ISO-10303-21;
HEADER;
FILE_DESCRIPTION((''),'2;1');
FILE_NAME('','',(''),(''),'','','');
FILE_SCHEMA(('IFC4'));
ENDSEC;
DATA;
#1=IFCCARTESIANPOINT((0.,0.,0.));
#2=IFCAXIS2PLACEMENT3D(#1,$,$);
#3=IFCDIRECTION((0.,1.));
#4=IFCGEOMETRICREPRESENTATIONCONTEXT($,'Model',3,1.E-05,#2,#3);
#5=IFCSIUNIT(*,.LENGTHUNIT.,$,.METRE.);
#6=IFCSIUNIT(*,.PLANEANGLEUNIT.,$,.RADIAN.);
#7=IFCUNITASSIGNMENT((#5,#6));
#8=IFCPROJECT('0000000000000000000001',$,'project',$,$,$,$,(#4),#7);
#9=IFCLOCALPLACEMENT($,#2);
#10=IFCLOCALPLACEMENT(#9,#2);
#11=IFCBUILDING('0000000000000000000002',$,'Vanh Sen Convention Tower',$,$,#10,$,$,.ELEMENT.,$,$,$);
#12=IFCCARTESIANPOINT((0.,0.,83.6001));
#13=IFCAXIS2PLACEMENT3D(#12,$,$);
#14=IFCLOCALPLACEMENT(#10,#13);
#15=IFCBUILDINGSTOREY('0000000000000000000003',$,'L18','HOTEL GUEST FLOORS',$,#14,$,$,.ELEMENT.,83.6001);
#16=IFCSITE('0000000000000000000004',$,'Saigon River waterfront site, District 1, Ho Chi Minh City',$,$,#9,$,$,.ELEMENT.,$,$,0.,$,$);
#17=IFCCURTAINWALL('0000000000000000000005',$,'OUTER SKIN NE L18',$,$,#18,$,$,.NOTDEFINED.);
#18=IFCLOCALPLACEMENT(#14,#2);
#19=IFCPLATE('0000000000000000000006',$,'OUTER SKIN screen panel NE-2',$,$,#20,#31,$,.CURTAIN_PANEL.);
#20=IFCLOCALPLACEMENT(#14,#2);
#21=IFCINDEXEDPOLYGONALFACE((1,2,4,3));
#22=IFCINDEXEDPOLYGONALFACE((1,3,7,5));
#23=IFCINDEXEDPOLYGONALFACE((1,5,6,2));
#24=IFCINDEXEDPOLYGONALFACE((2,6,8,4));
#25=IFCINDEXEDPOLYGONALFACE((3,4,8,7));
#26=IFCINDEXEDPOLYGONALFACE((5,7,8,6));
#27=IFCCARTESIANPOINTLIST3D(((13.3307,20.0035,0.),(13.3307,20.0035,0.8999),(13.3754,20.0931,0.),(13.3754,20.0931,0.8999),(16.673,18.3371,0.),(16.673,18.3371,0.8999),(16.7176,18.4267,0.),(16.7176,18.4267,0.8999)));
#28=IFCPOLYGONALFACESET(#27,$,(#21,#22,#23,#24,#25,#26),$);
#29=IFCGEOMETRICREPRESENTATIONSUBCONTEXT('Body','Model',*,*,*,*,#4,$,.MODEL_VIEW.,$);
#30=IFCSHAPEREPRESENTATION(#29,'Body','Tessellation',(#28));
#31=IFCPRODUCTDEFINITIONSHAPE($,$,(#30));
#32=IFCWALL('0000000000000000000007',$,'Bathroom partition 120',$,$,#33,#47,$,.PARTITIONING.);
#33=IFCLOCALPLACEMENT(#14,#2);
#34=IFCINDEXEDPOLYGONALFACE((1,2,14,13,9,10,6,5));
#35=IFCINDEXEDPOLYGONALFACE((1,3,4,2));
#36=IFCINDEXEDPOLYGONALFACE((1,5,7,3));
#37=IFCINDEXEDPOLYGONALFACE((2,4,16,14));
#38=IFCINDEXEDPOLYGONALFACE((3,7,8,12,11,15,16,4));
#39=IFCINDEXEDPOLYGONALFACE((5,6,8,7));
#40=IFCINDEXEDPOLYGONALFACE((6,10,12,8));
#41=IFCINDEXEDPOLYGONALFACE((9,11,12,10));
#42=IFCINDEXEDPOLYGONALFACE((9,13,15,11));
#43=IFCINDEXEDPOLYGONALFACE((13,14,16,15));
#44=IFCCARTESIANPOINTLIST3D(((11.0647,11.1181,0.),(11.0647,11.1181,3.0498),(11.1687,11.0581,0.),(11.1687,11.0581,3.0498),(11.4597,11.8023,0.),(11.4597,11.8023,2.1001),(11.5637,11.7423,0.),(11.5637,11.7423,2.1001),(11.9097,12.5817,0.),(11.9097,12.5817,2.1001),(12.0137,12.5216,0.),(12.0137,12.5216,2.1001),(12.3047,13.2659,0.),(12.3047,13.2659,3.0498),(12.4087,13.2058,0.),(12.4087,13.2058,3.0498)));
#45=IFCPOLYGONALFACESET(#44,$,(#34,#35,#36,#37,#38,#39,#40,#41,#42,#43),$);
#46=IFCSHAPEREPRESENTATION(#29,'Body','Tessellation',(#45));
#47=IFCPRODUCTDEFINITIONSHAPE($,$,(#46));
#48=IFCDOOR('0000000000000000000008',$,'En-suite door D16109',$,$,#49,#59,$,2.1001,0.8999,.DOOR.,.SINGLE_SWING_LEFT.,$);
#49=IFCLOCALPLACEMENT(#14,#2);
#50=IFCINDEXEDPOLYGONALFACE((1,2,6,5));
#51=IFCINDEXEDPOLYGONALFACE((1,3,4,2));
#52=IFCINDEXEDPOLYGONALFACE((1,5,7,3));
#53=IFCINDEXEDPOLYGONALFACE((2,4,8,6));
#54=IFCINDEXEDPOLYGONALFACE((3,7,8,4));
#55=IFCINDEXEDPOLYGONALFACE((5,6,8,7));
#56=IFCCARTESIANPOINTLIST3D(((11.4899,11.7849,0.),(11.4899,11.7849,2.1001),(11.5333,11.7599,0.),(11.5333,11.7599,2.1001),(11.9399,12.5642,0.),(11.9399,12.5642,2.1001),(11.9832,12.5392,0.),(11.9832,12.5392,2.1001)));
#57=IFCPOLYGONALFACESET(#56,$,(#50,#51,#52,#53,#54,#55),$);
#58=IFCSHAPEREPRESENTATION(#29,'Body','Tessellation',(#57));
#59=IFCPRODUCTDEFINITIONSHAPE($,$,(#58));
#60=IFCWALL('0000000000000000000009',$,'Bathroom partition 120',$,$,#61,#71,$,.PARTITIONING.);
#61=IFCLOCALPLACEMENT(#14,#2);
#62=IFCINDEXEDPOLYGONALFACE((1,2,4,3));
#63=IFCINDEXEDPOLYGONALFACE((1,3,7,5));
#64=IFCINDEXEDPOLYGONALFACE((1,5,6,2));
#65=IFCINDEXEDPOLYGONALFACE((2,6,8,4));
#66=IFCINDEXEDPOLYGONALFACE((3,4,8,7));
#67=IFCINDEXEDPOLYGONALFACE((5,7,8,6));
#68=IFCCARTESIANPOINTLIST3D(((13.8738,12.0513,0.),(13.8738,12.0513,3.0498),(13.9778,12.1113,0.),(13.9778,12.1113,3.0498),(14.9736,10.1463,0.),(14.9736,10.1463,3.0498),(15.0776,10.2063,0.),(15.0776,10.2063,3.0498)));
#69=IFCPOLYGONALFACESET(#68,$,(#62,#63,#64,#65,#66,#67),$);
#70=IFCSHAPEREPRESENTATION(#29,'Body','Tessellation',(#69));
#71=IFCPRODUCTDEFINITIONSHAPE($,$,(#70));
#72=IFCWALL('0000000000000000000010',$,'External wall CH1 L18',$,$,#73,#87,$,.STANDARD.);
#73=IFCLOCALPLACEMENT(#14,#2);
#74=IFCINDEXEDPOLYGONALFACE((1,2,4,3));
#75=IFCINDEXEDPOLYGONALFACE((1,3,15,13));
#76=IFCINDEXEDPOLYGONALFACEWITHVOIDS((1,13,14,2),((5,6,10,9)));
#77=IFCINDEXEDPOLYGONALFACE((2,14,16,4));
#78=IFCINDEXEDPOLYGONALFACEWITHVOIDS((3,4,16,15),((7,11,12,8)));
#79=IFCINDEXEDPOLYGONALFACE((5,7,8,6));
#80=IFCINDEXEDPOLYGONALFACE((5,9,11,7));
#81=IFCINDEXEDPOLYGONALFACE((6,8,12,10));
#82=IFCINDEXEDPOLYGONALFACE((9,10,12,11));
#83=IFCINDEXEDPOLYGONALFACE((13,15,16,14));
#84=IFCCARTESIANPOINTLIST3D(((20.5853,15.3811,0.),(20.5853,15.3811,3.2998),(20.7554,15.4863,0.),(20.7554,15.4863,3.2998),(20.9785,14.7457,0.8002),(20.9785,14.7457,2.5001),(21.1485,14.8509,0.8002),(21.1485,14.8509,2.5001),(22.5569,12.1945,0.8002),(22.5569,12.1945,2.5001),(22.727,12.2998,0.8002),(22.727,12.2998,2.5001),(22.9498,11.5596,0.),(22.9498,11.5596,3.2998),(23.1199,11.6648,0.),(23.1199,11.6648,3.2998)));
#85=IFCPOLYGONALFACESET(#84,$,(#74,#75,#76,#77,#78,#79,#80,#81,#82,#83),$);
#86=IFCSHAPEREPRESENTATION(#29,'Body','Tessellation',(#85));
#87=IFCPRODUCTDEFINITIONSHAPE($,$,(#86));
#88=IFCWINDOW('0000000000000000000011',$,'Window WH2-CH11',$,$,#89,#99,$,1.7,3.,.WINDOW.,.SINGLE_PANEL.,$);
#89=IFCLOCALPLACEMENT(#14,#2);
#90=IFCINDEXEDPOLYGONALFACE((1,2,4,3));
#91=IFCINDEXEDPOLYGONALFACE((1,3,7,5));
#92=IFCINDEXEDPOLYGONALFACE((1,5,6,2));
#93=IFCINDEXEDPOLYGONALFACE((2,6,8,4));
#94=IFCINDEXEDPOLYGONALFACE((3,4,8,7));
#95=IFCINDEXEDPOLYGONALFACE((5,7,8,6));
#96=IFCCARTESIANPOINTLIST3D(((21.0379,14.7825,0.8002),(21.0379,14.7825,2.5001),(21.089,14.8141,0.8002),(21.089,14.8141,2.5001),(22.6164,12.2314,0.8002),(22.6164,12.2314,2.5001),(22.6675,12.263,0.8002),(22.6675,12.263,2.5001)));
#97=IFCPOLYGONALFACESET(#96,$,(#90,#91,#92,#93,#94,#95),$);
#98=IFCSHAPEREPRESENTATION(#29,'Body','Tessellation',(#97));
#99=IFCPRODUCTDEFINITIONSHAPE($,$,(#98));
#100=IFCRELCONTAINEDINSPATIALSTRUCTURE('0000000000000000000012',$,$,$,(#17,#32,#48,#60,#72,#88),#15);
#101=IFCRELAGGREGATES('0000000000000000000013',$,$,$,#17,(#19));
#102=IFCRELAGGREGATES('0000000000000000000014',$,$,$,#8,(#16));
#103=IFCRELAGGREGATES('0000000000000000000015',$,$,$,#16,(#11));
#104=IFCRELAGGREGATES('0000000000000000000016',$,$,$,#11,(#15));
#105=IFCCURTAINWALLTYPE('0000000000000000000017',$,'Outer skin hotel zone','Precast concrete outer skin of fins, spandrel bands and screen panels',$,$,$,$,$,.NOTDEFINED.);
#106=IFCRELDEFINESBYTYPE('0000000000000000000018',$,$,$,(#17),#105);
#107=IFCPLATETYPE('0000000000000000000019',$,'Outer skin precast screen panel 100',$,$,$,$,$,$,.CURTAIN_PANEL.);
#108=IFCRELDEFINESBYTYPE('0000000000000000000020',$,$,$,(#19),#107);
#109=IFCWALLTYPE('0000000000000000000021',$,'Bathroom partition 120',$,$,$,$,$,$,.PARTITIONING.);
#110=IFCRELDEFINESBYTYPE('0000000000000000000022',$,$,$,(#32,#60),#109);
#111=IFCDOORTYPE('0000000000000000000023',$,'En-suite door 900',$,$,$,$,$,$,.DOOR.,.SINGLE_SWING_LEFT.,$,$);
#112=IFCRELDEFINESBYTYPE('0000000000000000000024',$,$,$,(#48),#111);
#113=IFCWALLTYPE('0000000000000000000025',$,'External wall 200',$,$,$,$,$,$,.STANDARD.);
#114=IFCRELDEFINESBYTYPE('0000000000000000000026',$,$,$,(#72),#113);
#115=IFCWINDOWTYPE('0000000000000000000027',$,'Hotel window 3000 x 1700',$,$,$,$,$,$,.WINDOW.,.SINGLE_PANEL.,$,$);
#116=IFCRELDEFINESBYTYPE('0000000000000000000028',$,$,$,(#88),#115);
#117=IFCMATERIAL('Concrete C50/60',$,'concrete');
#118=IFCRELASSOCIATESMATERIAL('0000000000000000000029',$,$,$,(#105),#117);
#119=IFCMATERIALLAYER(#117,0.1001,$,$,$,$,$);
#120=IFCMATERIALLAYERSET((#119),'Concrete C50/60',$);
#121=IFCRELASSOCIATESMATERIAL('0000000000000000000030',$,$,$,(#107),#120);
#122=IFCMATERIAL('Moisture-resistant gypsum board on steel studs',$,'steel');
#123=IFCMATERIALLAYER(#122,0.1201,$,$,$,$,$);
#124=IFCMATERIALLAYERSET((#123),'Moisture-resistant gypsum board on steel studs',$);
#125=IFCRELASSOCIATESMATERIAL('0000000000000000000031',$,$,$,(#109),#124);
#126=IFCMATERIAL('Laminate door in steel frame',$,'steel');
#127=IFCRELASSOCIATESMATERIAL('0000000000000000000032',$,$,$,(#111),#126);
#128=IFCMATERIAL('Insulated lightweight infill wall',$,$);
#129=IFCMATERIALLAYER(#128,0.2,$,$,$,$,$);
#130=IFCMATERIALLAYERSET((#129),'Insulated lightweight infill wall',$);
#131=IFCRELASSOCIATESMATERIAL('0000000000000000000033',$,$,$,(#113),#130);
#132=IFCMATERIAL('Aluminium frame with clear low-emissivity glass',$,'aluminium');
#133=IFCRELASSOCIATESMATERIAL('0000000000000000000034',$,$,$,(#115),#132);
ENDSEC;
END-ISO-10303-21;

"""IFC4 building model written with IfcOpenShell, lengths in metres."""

from ifc_helpers import new_model, si_unit, direction, frame, frame_2d, origin, origin_2d, place, context, subcontext, project, spatial, rectangle, extrude, material, layer, layer_set, type_object, element, fill, aggregate, save


model = new_model("IFC4")

# Units and contexts
model_context = context("Model", 3, precision=1e-05, world=origin(), true_north=direction((0.0, 1.0)))
body_context = subcontext(model_context, "Body", "Model", "MODEL_VIEW")
ifc_project = project(units=[si_unit("LENGTHUNIT", "METRE"), si_unit("PLANEANGLEUNIT", "RADIAN")], contexts=[model_context])

# Site, building, storey
site_placement = place(None, origin())
site = spatial("IfcSite", under=ifc_project, at=site_placement, Name="Saigon River waterfront site, District 1, Ho Chi Minh City", CompositionType="ELEMENT", RefElevation=0.0)
building_placement = place(site_placement, origin())
building = spatial("IfcBuilding", under=site, at=building_placement, Name="Vanh Sen Convention Tower", CompositionType="ELEMENT")
storey_placement = place(building_placement, frame((0.0, 0.0, 83.6001)))
storey = spatial("IfcBuildingStorey", under=building, at=storey_placement, Name="L18", Description="HOTEL GUEST FLOORS", CompositionType="ELEMENT", Elevation=83.6001)

# Curtain wall
ifc_material_1 = material(Name="Concrete C50/60", Category="concrete")
curtain_wall_type = type_object("IfcCurtainWallType", Name="Outer skin hotel zone", Description="Precast concrete outer skin of fins, spandrel bands and screen panels", PredefinedType="NOTDEFINED", material=ifc_material_1)
curtain_wall_1_placement = place(storey_placement, origin())
curtain_wall_1 = element("IfcCurtainWall", 1, at=curtain_wall_1_placement, inside=storey, type_object=curtain_wall_type, Name="OUTER SKIN NE L18", PredefinedType="NOTDEFINED")

# Shared definitions
ifc_layer_1 = layer(ifc_material_1, 0.1001)
ifc_layer_set_1 = layer_set([ifc_layer_1], Name="Concrete C50/60")
plate_type = type_object("IfcPlateType", Name="Outer skin precast screen panel 100", PredefinedType="CURTAIN_PANEL", material=ifc_layer_set_1)

# Plate
plate_1_placement = place(storey_placement, frame((15.0242, 19.2151, 0.0), z_axis=(0.0, 0.0, 1.0), x_axis=(-0.894935, 0.446196, 0.0)))
plate_1 = element("IfcPlate", 2, at=plate_1_placement, type_object=plate_type, Name="OUTER SKIN screen panel NE-2", PredefinedType="CURTAIN_PANEL", context=body_context, shape_type="SweptSolid", body=[
    extrude(rectangle(XDim=3.7346, YDim=0.1001, at=origin_2d()), origin(), (0.0, 0.0, 1.0), 0.8999),
])
aggregate(curtain_wall_1, [plate_1])

# Wall, opening, door
ifc_material_2 = material(Name="Moisture-resistant gypsum board on steel studs", Category="steel")
ifc_layer_2 = layer(ifc_material_2, 0.1201)
ifc_layer_set_2 = layer_set([ifc_layer_2], Name="Moisture-resistant gypsum board on steel studs")
wall_type_1 = type_object("IfcWallType", Name="Bathroom partition 120", PredefinedType="PARTITIONING", material=ifc_layer_set_2)
wall_1_placement = place(storey_placement, frame((12.3567, 13.2358, 0.0), z_axis=(0.0, 0.0, 1.0), x_axis=(-0.500004, -0.866023, 0.0)))
wall_1 = element("IfcWall", 3, at=wall_1_placement, inside=storey, type_object=wall_type_1, Name="Bathroom partition 120", PredefinedType="PARTITIONING", context=body_context, shape_type="SweptSolid", body=[
    extrude(rectangle(XDim=2.48, YDim=0.1201, at=frame_2d((1.24, 0.0))), origin(), (0.0, 0.0, 1.0), 3.0498),
])
opening_1_placement = place(wall_1_placement, frame((0.79, 0.0, 0.0)))
opening_1 = element("IfcOpeningElement", 4, at=opening_1_placement, cuts=wall_1, PredefinedType="OPENING", context=body_context, shape_type="SweptSolid", body=[
    extrude(rectangle(XDim=0.8999, YDim=2.1001, at=frame_2d((0.45, 1.05))), frame((0.0, 0.0701, 0.0), z_axis=(0.0, -1.0, 0.0), x_axis=(1.0, 0.0, 0.0)), (0.0, 0.0, 1.0), 0.1401),
])
ifc_material_3 = material(Name="Laminate door in steel frame", Category="steel")
door_type = type_object("IfcDoorType", Name="En-suite door 900", OperationType="SINGLE_SWING_LEFT", PredefinedType="DOOR", material=ifc_material_3)
door_placement = place(opening_1_placement, origin())
door = element("IfcDoor", 5, at=door_placement, inside=storey, type_object=door_type, Name="En-suite door D16109", OperationType="SINGLE_SWING_LEFT", OverallHeight=2.1001, OverallWidth=0.8999, PredefinedType="DOOR", context=body_context, shape_type="SweptSolid", body=[
    extrude(rectangle(XDim=0.8999, YDim=2.1001, at=frame_2d((0.45, 1.05))), frame((0.0, 0.0249, 0.0), z_axis=(0.0, -1.0, 0.0), x_axis=(1.0, 0.0, 0.0)), (0.0, 0.0, 1.0), 0.05),
])
fill(opening_1, door)

# Wall
wall_2_placement = place(storey_placement, frame((13.9258, 12.0813, 0.0), z_axis=(0.0, 0.0, 1.0), x_axis=(0.499995, -0.866028, 0.0)))
element("IfcWall", 6, at=wall_2_placement, inside=storey, type_object=wall_type_1, Name="Bathroom partition 120", PredefinedType="PARTITIONING", context=body_context, shape_type="SweptSolid", body=[
    extrude(rectangle(XDim=2.1997, YDim=0.1201, at=frame_2d((1.0999, 0.0))), origin(), (0.0, 0.0, 1.0), 3.0498),
])

# Wall, opening, window
ifc_material_4 = material(Name="Insulated lightweight infill wall")
ifc_layer_3 = layer(ifc_material_4, 0.2)
ifc_layer_set_3 = layer_set([ifc_layer_3], Name="Insulated lightweight infill wall")
wall_type_2 = type_object("IfcWallType", Name="External wall 200", PredefinedType="STANDARD", material=ifc_layer_set_3)
wall_3_placement = place(storey_placement, frame((23.0349, 11.6121, 0.0), z_axis=(0.0, 0.0, 1.0), x_axis=(-0.52616, 0.850386, 0.0)))
wall_3 = element("IfcWall", 7, at=wall_3_placement, inside=storey, type_object=wall_type_2, Name="External wall CH1 L18", PredefinedType="STANDARD", context=body_context, shape_type="SweptSolid", body=[
    extrude(rectangle(XDim=4.4939, YDim=0.2, at=frame_2d((2.2471, 0.0))), origin(), (0.0, 0.0, 1.0), 3.2998),
])
opening_2_placement = place(wall_3_placement, frame((0.7468, 0.0, 0.8)))
opening_2 = element("IfcOpeningElement", 8, at=opening_2_placement, cuts=wall_3, PredefinedType="OPENING", context=body_context, shape_type="SweptSolid", body=[
    extrude(rectangle(XDim=3.0, YDim=1.7, at=frame_2d((1.5, 0.8501))), frame((0.0, 0.1099, 0.0), z_axis=(0.0, -1.0, 0.0), x_axis=(1.0, 0.0, 0.0)), (0.0, 0.0, 1.0), 0.22),
])
ifc_material_5 = material(Name="Aluminium frame with clear low-emissivity glass", Category="aluminium")
window_type_1 = type_object("IfcWindowType", Name="Hotel window 3000 x 1700", PartitioningType="SINGLE_PANEL", PredefinedType="WINDOW", material=ifc_material_5)
window_1_placement = place(opening_2_placement, origin())
window_1 = element("IfcWindow", 9, at=window_1_placement, inside=storey, type_object=window_type_1, Name="Window WH2-CH11", OverallHeight=1.7, OverallWidth=3.0, PartitioningType="SINGLE_PANEL", PredefinedType="WINDOW", context=body_context, shape_type="SweptSolid", body=[
    extrude(rectangle(XDim=3.0, YDim=1.7, at=frame_2d((1.5, 0.8501))), frame((0.0, 0.03, 0.0), z_axis=(0.0, -1.0, 0.0), x_axis=(1.0, 0.0, 0.0)), (0.0, 0.0, 1.0), 0.0601),
])
fill(opening_2, window_1)

save(model, "model.ifc")
